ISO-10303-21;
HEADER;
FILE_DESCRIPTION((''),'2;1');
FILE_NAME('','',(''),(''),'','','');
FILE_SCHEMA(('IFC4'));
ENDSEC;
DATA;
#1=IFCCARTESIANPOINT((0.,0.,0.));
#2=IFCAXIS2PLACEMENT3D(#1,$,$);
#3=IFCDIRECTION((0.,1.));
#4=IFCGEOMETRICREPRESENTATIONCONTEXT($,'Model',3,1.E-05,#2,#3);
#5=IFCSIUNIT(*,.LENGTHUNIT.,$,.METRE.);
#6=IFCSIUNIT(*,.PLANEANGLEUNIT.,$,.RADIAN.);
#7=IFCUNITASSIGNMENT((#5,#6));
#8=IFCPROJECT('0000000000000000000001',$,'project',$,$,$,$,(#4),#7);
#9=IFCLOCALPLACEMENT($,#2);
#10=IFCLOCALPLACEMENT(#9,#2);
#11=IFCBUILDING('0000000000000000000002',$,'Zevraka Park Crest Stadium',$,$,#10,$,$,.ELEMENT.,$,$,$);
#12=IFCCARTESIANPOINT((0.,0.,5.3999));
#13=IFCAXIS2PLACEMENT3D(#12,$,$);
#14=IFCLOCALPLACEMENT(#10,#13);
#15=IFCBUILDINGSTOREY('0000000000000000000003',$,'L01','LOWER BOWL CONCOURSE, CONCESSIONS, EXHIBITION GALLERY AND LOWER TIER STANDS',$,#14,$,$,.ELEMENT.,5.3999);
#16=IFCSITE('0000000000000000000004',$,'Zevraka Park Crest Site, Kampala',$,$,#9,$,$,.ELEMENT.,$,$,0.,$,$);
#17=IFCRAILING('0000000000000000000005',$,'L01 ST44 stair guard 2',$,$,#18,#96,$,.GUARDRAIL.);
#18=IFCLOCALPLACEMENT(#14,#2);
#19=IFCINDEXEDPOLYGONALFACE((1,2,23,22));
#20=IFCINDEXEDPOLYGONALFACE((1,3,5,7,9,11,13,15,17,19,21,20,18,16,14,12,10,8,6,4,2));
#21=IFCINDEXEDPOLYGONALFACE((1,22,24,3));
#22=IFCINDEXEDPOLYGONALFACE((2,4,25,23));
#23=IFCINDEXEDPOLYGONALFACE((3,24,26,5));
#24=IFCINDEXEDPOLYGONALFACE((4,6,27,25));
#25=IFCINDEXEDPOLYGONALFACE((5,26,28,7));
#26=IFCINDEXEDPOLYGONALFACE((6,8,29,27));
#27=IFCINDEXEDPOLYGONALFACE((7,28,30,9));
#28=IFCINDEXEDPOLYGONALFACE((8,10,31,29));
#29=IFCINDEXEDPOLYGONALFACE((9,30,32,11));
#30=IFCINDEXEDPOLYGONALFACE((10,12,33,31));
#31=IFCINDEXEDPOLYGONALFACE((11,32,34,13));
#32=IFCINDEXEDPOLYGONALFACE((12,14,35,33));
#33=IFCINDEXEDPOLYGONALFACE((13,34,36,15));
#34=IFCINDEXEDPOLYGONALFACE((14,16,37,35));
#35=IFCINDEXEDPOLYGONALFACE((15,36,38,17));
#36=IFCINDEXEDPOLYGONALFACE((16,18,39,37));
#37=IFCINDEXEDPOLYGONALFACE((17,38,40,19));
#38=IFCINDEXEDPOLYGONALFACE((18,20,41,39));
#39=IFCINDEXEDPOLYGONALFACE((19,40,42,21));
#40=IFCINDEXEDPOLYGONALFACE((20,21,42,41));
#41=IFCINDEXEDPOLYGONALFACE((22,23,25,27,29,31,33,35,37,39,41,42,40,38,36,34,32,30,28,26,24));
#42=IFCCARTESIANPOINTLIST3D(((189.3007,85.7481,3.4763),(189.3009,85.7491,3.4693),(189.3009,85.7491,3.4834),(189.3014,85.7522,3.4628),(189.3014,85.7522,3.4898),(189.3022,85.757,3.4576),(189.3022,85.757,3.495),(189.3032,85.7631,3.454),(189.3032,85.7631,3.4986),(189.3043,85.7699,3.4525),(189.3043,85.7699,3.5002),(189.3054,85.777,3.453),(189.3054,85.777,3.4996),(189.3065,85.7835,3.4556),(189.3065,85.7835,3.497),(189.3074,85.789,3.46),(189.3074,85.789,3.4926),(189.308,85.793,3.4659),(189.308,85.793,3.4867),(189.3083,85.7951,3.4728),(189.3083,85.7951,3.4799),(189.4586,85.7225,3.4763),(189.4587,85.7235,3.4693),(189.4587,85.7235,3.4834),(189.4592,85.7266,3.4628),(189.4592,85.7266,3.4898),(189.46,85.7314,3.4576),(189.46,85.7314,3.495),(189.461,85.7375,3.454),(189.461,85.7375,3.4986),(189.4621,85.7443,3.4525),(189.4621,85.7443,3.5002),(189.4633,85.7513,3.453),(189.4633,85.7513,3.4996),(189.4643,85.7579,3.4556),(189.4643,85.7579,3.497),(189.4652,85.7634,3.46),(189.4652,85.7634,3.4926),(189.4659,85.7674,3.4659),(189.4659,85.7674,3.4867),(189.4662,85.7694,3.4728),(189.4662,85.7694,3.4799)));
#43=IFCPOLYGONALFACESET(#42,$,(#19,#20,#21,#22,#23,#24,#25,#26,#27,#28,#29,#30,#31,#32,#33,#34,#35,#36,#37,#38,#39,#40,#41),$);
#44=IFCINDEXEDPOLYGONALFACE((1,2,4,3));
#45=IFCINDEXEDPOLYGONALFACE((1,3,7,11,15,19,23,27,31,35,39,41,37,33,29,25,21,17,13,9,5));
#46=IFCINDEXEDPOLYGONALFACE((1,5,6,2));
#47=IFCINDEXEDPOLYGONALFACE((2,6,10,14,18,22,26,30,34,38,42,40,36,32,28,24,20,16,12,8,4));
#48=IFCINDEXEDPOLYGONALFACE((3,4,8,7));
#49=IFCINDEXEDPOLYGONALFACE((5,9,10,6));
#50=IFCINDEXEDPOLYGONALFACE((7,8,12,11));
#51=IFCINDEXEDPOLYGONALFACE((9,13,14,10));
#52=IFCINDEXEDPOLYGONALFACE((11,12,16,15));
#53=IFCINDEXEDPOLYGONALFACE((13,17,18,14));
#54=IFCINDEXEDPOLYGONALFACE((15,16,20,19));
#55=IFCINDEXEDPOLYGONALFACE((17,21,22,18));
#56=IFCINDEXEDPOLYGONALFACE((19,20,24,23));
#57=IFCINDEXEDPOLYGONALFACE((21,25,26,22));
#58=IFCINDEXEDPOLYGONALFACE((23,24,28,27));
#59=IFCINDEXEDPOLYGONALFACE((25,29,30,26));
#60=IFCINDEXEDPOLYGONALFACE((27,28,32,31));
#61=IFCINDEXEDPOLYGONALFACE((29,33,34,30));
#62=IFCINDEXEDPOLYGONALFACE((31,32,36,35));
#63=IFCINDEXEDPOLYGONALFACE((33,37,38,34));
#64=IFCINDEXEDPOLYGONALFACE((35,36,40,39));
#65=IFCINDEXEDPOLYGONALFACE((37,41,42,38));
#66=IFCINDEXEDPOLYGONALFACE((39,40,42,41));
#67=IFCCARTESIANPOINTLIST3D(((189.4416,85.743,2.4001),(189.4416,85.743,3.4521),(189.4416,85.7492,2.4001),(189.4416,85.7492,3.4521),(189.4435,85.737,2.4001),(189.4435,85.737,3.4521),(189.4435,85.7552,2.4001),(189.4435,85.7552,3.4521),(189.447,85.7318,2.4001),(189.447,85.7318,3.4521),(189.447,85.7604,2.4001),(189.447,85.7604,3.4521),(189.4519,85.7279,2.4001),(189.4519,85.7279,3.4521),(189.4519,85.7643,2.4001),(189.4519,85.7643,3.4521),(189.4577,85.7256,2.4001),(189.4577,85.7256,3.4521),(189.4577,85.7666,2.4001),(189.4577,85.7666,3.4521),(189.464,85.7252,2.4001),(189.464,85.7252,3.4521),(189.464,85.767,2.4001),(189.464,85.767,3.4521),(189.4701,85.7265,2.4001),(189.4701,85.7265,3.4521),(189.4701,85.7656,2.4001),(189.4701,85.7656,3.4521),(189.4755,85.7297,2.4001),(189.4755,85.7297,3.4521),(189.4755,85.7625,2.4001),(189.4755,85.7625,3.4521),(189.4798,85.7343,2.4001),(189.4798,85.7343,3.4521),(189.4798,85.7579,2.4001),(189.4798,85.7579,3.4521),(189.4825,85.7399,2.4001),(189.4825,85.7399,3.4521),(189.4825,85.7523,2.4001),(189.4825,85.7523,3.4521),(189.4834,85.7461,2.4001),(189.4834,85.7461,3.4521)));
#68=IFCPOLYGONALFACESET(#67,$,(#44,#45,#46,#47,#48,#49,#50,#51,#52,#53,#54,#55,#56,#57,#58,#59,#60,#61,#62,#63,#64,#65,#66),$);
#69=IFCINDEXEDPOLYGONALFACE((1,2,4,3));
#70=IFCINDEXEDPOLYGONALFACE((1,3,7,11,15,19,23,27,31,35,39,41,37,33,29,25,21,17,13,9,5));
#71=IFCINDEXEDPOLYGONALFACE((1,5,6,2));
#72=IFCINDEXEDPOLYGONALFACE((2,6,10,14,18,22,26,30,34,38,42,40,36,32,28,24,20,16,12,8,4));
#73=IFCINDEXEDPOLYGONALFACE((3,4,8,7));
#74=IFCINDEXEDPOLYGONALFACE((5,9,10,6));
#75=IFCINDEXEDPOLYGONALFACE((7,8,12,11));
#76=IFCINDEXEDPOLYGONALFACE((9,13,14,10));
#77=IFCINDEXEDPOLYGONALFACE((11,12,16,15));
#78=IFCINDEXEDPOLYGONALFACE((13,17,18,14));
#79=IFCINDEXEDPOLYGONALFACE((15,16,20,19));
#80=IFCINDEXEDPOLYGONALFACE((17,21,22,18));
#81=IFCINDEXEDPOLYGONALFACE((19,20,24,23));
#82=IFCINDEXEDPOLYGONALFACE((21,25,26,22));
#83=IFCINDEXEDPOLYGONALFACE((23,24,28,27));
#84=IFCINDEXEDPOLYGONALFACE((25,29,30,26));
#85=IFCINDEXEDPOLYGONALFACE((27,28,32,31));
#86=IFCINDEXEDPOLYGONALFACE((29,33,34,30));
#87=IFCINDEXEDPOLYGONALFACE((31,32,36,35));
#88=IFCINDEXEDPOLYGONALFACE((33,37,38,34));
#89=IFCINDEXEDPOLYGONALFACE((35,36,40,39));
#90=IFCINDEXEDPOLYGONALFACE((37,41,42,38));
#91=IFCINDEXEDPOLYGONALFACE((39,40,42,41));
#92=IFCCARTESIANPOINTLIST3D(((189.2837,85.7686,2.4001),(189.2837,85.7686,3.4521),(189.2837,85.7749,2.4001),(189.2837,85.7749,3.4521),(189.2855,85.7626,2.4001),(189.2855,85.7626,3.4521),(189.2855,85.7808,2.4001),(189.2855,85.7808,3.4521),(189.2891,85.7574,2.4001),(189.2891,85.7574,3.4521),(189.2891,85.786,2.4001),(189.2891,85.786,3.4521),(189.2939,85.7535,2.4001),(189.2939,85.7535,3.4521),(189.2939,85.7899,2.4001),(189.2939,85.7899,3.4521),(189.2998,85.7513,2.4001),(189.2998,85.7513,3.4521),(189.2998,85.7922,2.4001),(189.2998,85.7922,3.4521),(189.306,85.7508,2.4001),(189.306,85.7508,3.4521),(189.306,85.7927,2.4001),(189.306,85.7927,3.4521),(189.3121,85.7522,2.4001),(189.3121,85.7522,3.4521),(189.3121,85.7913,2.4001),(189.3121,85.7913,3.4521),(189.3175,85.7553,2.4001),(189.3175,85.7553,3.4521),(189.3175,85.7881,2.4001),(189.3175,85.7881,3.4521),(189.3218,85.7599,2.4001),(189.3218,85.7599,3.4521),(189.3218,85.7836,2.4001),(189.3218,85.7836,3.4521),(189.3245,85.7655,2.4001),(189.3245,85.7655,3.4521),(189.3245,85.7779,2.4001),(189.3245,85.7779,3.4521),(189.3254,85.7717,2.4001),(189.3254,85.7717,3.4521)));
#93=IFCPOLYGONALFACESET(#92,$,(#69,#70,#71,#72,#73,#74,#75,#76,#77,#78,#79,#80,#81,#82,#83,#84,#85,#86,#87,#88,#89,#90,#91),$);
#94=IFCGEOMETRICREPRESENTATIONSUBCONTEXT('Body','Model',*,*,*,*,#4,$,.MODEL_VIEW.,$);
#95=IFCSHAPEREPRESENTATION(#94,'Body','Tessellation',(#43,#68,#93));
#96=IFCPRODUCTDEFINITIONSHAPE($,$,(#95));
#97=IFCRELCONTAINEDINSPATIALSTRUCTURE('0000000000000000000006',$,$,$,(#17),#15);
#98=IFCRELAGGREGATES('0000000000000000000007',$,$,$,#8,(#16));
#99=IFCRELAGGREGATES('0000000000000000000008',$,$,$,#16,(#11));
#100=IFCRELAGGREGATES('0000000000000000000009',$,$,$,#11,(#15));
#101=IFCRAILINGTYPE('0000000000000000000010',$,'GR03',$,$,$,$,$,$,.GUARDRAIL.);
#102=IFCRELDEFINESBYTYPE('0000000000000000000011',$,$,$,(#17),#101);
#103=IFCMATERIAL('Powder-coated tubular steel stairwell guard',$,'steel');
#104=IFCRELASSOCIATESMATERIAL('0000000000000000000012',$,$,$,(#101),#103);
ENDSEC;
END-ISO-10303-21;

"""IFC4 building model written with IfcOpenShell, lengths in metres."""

from ifc_helpers import new_model, si_unit, direction, frame, origin, origin_2d, place, context, subcontext, project, spatial, circle, extrude, material, type_object, element, save


model = new_model("IFC4")

# Units and contexts
model_context = context("Model", 3, precision=1e-05, world=origin(), true_north=direction((0.0, 1.0)))
body_context = subcontext(model_context, "Body", "Model", "MODEL_VIEW")
ifc_project = project(units=[si_unit("LENGTHUNIT", "METRE"), si_unit("PLANEANGLEUNIT", "RADIAN")], contexts=[model_context])

# Site, building, storey
site_placement = place(None, origin())
site = spatial("IfcSite", under=ifc_project, at=site_placement, Name="Zevraka Park Crest Site, Kampala", CompositionType="ELEMENT", RefElevation=0.0)
building_placement = place(site_placement, origin())
building = spatial("IfcBuilding", under=site, at=building_placement, Name="Zevraka Park Crest Stadium", CompositionType="ELEMENT")
storey_placement = place(building_placement, frame((0.0, 0.0, 5.3999)))
storey = spatial("IfcBuildingStorey", under=building, at=storey_placement, Name="L01", Description="LOWER BOWL CONCOURSE, CONCESSIONS, EXHIBITION GALLERY AND LOWER TIER STANDS", CompositionType="ELEMENT", Elevation=5.3999)

# Railing
ifc_material_1 = material(Name="Powder-coated tubular steel stairwell guard", Category="steel")
railing_type_1 = type_object("IfcRailingType", Name="GR03", PredefinedType="GUARDRAIL", material=ifc_material_1)
railing_1_placement = place(storey_placement, frame((189.4624, 85.7461, 2.4001)))
element("IfcRailing", 1, at=railing_1_placement, inside=storey, type_object=railing_type_1, Name="L01 ST44 stair guard 2", PredefinedType="GUARDRAIL", context=body_context, shape_type="SweptSolid", body=[
    extrude(circle(Radius=0.0239, at=origin_2d()), frame((0.0, 0.0, 1.0762), z_axis=(-0.987086, 0.160192, 0.0), x_axis=(-0.160192, -0.987086, 0.0)), (0.0, 0.0, 1.0), 0.1599),
    extrude(circle(Radius=0.021, at=origin_2d()), origin(), (0.0, 0.0, 1.0), 1.052),
    extrude(circle(Radius=0.021, at=origin_2d()), frame((-0.158, 0.0256, 0.0)), (0.0, 0.0, 1.0), 1.052),
])

save(model, "model.ifc")
